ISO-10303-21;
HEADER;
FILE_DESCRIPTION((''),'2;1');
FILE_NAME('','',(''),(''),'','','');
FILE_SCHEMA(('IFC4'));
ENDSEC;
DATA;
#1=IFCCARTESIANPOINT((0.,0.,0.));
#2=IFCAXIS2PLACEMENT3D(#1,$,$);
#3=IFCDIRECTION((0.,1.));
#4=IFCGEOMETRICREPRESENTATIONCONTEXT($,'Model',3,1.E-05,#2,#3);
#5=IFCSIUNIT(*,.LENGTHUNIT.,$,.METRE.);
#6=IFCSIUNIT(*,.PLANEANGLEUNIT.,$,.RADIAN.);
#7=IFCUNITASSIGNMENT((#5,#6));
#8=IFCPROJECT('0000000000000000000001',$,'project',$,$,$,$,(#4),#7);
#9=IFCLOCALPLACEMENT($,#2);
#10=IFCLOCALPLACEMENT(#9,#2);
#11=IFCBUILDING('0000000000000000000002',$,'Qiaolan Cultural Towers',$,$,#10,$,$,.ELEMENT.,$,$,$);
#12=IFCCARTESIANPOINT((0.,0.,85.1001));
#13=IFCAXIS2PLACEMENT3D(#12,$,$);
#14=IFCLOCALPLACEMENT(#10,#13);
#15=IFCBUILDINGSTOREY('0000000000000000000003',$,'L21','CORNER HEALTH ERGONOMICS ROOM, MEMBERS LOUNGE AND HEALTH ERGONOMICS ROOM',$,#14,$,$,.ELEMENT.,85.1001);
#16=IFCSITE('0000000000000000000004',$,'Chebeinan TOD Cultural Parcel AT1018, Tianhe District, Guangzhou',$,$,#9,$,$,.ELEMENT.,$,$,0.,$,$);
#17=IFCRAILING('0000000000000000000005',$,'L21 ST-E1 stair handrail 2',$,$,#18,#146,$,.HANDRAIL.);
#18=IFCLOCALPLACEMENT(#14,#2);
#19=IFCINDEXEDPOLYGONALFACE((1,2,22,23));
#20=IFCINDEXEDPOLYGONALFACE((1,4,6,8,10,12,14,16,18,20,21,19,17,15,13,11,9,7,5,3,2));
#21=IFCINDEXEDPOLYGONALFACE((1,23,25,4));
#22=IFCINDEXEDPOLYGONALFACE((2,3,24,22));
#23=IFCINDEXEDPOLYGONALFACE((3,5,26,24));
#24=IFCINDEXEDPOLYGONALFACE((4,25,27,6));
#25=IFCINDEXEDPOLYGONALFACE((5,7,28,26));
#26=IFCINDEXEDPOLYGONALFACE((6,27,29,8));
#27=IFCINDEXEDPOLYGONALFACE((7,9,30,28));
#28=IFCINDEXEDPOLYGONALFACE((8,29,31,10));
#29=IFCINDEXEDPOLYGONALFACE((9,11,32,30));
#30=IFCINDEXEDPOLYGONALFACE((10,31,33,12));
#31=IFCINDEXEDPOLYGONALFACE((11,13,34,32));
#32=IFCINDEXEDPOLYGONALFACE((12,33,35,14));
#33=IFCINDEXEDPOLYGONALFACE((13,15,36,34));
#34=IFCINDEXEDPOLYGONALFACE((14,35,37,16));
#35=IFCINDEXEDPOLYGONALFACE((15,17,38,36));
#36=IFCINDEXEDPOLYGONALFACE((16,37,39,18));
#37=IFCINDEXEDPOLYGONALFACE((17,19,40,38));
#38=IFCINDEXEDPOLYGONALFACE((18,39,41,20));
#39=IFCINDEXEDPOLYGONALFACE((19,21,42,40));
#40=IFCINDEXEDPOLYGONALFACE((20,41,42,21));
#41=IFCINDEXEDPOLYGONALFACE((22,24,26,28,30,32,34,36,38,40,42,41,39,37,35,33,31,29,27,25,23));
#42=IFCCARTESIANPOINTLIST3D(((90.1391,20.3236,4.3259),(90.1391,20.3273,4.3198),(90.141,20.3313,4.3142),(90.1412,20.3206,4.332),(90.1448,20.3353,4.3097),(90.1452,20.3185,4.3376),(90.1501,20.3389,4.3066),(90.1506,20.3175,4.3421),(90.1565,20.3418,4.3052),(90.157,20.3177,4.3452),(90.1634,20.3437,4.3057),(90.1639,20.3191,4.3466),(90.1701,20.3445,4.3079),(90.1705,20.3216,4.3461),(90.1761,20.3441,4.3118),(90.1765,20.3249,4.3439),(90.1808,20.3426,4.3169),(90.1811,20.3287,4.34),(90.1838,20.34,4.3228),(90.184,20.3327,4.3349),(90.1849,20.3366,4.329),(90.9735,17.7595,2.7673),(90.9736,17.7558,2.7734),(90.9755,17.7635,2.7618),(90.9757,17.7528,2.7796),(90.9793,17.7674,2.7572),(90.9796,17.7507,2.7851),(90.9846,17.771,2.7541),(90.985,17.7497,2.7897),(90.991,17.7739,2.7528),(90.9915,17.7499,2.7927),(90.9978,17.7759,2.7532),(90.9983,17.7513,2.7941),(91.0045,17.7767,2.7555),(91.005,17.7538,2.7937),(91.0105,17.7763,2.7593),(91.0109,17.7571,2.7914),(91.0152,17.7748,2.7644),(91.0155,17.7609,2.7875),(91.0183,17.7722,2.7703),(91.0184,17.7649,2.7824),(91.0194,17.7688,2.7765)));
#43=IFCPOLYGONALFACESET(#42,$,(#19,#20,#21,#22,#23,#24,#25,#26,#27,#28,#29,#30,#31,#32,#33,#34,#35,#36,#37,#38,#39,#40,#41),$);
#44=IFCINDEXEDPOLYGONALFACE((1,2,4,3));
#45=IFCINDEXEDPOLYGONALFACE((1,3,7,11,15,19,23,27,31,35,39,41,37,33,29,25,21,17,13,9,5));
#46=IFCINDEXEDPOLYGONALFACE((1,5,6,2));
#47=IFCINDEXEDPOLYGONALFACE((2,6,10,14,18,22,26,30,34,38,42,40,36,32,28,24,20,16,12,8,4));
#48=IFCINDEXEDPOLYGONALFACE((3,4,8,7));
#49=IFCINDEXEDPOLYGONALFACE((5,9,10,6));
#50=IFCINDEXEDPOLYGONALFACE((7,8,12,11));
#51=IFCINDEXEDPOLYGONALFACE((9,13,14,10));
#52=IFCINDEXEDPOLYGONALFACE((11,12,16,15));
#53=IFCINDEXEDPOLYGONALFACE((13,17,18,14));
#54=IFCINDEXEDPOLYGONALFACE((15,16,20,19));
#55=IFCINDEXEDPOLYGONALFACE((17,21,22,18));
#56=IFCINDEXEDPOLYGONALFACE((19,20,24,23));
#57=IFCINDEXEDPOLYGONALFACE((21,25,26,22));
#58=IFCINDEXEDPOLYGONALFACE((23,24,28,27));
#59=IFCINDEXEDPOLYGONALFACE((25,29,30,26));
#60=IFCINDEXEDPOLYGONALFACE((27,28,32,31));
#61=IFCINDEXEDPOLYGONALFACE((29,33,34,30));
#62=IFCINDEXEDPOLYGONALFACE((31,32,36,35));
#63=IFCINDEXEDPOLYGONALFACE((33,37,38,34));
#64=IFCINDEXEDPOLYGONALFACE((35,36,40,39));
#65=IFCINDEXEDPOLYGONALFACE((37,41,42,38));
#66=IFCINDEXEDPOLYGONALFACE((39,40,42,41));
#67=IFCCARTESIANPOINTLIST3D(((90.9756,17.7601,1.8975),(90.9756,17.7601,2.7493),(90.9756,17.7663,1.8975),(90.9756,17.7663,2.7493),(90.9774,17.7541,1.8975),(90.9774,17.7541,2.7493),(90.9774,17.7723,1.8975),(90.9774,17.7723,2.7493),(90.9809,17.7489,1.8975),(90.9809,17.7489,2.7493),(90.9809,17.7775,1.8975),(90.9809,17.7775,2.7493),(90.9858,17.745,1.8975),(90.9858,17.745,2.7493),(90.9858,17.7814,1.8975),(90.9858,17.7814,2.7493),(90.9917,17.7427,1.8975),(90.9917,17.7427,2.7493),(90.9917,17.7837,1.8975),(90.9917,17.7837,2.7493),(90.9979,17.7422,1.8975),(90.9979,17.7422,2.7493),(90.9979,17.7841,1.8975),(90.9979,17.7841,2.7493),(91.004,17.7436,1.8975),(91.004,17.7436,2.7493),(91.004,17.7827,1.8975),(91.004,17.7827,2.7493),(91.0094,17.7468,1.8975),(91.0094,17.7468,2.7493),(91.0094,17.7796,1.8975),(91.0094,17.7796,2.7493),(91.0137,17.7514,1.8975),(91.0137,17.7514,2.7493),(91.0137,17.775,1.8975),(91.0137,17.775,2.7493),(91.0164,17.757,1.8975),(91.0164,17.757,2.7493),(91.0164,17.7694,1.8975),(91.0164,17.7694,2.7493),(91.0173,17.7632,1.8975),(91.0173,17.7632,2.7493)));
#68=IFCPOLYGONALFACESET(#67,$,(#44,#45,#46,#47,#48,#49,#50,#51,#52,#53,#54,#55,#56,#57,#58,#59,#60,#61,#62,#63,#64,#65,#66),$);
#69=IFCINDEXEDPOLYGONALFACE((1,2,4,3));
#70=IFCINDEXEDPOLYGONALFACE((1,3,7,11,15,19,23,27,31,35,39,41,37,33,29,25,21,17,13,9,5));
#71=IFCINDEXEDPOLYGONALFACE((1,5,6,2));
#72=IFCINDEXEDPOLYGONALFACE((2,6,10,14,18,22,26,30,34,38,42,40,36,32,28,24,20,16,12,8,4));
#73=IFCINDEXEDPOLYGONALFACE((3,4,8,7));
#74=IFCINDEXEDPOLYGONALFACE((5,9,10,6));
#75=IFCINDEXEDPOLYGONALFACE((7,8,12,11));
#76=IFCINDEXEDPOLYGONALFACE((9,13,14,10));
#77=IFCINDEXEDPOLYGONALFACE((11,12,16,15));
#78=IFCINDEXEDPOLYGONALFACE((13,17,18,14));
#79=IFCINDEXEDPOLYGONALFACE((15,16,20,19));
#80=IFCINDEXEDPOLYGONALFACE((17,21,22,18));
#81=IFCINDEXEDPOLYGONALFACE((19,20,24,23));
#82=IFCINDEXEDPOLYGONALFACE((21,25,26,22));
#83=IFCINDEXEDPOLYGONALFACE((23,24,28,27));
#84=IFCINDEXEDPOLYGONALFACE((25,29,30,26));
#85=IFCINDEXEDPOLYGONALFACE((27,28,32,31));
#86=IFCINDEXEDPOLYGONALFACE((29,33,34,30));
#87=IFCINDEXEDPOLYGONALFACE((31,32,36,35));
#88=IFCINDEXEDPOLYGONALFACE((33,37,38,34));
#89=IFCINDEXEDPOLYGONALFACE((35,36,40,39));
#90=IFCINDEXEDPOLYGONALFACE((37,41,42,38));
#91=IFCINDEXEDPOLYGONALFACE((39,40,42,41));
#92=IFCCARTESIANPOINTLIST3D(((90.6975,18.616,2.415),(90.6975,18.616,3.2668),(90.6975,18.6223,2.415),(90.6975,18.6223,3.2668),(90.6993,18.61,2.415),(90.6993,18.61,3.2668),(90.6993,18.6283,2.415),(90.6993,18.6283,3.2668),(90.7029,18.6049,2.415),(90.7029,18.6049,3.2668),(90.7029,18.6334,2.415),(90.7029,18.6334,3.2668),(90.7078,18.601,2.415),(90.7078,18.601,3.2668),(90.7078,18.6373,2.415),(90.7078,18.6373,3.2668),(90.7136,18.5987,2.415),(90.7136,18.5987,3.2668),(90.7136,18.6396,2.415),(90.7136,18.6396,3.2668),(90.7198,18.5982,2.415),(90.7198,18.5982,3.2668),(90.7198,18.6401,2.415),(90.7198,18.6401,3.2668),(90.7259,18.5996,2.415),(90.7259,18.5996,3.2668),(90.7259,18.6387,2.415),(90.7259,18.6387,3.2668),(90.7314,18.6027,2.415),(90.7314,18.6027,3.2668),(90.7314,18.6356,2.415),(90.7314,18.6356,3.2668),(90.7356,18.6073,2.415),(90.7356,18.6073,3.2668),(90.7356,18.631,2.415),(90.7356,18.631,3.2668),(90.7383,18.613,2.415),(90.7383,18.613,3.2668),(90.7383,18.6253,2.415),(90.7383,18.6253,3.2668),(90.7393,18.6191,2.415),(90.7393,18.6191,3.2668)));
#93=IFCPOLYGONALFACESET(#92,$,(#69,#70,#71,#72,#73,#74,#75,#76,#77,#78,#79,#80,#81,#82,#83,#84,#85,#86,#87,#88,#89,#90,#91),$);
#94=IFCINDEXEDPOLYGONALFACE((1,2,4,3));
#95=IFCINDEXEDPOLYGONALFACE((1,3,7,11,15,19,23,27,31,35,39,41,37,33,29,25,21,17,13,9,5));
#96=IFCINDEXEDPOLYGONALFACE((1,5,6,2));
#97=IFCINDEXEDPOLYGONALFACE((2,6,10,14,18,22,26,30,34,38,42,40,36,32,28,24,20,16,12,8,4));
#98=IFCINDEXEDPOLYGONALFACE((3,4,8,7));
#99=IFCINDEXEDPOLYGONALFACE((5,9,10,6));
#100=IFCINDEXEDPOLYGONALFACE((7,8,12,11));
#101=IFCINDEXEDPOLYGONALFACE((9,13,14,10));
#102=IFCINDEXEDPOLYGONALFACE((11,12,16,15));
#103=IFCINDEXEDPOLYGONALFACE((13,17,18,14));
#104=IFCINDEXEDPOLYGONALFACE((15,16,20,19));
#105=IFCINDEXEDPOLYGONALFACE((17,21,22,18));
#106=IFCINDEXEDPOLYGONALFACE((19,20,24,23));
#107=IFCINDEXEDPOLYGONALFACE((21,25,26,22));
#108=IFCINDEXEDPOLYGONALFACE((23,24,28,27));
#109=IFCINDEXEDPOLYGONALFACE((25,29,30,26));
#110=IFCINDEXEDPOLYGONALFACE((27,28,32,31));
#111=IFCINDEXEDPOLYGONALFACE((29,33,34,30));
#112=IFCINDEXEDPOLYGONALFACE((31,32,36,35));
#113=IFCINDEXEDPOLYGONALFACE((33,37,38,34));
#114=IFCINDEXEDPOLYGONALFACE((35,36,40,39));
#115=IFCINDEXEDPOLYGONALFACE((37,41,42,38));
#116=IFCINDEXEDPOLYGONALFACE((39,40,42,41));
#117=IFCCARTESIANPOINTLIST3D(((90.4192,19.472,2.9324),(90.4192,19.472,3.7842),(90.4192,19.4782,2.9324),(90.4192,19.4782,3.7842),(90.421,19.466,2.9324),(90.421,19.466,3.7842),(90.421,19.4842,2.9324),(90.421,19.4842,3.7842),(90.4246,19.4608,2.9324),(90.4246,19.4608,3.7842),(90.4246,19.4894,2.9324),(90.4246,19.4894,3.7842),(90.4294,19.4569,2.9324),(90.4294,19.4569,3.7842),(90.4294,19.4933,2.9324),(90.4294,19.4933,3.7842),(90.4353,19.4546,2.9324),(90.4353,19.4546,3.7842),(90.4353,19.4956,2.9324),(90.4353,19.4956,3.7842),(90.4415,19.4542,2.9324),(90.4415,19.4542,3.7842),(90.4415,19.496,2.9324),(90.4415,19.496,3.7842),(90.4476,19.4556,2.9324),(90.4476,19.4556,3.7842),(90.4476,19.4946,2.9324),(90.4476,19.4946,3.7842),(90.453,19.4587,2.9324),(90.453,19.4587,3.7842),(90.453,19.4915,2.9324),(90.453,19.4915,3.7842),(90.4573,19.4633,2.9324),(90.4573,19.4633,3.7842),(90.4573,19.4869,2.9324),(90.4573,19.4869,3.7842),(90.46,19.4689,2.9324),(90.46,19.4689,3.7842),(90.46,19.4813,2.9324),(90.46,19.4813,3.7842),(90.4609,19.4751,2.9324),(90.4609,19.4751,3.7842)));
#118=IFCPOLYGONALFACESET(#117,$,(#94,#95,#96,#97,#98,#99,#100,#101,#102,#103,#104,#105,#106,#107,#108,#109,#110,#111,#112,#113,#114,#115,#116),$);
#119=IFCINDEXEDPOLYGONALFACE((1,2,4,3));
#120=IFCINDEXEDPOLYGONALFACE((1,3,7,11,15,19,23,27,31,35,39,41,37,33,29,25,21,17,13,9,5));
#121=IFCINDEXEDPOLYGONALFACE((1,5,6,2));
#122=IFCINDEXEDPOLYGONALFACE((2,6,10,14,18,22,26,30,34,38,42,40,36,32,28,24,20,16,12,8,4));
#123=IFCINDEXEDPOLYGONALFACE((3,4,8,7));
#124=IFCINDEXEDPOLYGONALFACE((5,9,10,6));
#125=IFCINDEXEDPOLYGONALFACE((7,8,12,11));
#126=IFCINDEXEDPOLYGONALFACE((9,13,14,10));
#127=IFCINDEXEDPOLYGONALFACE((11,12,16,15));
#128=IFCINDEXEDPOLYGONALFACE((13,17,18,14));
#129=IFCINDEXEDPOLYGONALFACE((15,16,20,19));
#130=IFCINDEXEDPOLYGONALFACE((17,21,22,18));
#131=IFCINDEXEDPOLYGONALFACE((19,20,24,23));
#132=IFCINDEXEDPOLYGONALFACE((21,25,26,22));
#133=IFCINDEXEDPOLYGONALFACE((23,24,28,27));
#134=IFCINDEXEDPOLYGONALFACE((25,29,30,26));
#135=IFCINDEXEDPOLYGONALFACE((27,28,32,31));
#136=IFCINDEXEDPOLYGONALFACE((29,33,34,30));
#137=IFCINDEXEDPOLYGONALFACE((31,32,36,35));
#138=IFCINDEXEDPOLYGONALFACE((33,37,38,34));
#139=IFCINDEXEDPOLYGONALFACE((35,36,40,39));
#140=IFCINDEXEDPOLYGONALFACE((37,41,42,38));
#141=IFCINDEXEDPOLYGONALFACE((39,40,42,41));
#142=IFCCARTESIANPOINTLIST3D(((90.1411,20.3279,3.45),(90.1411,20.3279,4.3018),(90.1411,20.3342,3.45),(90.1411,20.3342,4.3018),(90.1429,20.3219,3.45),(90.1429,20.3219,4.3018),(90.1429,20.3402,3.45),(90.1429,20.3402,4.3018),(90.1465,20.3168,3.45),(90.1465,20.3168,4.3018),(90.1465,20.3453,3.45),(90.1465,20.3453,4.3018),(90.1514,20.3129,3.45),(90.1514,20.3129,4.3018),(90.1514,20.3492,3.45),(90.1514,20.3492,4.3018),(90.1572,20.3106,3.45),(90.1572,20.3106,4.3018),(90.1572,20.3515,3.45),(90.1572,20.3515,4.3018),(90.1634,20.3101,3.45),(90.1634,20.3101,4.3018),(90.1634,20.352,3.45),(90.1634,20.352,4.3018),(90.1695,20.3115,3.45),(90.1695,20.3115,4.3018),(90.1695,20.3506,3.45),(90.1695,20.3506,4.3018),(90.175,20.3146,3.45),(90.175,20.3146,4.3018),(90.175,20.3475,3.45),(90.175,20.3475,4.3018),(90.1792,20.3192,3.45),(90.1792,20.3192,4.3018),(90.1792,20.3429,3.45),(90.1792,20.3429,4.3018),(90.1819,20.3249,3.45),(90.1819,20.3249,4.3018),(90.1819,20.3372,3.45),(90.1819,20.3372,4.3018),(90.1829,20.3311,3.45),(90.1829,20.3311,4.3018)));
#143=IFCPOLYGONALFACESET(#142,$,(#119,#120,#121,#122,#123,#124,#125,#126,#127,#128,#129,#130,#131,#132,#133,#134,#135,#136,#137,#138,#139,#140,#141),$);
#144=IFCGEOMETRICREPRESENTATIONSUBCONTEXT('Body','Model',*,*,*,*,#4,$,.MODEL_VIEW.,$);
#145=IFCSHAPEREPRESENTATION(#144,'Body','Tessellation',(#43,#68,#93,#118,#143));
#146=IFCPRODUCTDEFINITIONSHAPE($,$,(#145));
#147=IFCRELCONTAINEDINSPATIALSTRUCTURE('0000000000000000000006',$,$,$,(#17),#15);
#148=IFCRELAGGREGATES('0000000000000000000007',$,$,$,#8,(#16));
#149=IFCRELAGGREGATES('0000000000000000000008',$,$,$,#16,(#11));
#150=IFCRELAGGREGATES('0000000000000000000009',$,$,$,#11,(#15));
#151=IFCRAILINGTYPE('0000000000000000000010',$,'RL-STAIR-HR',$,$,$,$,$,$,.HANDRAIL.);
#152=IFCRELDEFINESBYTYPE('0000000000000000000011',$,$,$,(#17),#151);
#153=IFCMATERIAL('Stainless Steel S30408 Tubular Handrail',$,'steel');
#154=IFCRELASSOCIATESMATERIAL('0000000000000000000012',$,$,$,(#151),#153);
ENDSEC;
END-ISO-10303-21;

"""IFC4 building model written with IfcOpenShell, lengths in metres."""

from ifc_helpers import new_model, si_unit, direction, frame, origin, origin_2d, place, context, subcontext, project, spatial, circle, extrude, material, type_object, element, save


model = new_model("IFC4")

# Units and contexts
model_context = context("Model", 3, precision=1e-05, world=origin(), true_north=direction((0.0, 1.0)))
body_context = subcontext(model_context, "Body", "Model", "MODEL_VIEW")
ifc_project = project(units=[si_unit("LENGTHUNIT", "METRE"), si_unit("PLANEANGLEUNIT", "RADIAN")], contexts=[model_context])

# Site, building, storey
site_placement = place(None, origin())
site = spatial("IfcSite", under=ifc_project, at=site_placement, Name="Chebeinan TOD Cultural Parcel AT1018, Tianhe District, Guangzhou", CompositionType="ELEMENT", RefElevation=0.0)
building_placement = place(site_placement, origin())
building = spatial("IfcBuilding", under=site, at=building_placement, Name="Qiaolan Cultural Towers", CompositionType="ELEMENT")
storey_placement = place(building_placement, frame((0.0, 0.0, 85.1001)))
storey = spatial("IfcBuildingStorey", under=building, at=storey_placement, Name="L21", Description="CORNER HEALTH ERGONOMICS ROOM, MEMBERS LOUNGE AND HEALTH ERGONOMICS ROOM", CompositionType="ELEMENT", Elevation=85.1001)

# Railing
ifc_material_1 = material(Name="Stainless Steel S30408 Tubular Handrail", Category="steel")
railing_type_1 = type_object("IfcRailingType", Name="RL-STAIR-HR", PredefinedType="HANDRAIL", material=ifc_material_1)
railing_1_placement = place(storey_placement, frame((90.9963, 17.7632, 1.8975)))
element("IfcRailing", 1, at=railing_1_placement, inside=storey, type_object=railing_type_1, Name="L21 ST-E1 stair handrail 2", PredefinedType="HANDRAIL", context=body_context, shape_type="SweptSolid", body=[
    extrude(circle(Radius=0.0239, at=origin_2d()), frame((0.0, 0.0, 0.876), z_axis=(-0.267926, 0.824471, 0.498461), x_axis=(-0.951043, -0.309057, 0.0)), (0.0, 0.0, 1.0), 3.1145),
    extrude(circle(Radius=0.021, at=origin_2d()), origin(), (0.0, 0.0, 1.0), 0.8518),
    extrude(circle(Radius=0.021, at=origin_2d()), frame((-0.2781, 0.856, 0.5176)), (0.0, 0.0, 1.0), 0.8518),
    extrude(circle(Radius=0.021, at=origin_2d()), frame((-0.5564, 1.7119, 1.0349)), (0.0, 0.0, 1.0), 0.8518),
    extrude(circle(Radius=0.021, at=origin_2d()), frame((-0.8345, 2.5679, 1.5525)), (0.0, 0.0, 1.0), 0.8518),
])

save(model, "model.ifc")
